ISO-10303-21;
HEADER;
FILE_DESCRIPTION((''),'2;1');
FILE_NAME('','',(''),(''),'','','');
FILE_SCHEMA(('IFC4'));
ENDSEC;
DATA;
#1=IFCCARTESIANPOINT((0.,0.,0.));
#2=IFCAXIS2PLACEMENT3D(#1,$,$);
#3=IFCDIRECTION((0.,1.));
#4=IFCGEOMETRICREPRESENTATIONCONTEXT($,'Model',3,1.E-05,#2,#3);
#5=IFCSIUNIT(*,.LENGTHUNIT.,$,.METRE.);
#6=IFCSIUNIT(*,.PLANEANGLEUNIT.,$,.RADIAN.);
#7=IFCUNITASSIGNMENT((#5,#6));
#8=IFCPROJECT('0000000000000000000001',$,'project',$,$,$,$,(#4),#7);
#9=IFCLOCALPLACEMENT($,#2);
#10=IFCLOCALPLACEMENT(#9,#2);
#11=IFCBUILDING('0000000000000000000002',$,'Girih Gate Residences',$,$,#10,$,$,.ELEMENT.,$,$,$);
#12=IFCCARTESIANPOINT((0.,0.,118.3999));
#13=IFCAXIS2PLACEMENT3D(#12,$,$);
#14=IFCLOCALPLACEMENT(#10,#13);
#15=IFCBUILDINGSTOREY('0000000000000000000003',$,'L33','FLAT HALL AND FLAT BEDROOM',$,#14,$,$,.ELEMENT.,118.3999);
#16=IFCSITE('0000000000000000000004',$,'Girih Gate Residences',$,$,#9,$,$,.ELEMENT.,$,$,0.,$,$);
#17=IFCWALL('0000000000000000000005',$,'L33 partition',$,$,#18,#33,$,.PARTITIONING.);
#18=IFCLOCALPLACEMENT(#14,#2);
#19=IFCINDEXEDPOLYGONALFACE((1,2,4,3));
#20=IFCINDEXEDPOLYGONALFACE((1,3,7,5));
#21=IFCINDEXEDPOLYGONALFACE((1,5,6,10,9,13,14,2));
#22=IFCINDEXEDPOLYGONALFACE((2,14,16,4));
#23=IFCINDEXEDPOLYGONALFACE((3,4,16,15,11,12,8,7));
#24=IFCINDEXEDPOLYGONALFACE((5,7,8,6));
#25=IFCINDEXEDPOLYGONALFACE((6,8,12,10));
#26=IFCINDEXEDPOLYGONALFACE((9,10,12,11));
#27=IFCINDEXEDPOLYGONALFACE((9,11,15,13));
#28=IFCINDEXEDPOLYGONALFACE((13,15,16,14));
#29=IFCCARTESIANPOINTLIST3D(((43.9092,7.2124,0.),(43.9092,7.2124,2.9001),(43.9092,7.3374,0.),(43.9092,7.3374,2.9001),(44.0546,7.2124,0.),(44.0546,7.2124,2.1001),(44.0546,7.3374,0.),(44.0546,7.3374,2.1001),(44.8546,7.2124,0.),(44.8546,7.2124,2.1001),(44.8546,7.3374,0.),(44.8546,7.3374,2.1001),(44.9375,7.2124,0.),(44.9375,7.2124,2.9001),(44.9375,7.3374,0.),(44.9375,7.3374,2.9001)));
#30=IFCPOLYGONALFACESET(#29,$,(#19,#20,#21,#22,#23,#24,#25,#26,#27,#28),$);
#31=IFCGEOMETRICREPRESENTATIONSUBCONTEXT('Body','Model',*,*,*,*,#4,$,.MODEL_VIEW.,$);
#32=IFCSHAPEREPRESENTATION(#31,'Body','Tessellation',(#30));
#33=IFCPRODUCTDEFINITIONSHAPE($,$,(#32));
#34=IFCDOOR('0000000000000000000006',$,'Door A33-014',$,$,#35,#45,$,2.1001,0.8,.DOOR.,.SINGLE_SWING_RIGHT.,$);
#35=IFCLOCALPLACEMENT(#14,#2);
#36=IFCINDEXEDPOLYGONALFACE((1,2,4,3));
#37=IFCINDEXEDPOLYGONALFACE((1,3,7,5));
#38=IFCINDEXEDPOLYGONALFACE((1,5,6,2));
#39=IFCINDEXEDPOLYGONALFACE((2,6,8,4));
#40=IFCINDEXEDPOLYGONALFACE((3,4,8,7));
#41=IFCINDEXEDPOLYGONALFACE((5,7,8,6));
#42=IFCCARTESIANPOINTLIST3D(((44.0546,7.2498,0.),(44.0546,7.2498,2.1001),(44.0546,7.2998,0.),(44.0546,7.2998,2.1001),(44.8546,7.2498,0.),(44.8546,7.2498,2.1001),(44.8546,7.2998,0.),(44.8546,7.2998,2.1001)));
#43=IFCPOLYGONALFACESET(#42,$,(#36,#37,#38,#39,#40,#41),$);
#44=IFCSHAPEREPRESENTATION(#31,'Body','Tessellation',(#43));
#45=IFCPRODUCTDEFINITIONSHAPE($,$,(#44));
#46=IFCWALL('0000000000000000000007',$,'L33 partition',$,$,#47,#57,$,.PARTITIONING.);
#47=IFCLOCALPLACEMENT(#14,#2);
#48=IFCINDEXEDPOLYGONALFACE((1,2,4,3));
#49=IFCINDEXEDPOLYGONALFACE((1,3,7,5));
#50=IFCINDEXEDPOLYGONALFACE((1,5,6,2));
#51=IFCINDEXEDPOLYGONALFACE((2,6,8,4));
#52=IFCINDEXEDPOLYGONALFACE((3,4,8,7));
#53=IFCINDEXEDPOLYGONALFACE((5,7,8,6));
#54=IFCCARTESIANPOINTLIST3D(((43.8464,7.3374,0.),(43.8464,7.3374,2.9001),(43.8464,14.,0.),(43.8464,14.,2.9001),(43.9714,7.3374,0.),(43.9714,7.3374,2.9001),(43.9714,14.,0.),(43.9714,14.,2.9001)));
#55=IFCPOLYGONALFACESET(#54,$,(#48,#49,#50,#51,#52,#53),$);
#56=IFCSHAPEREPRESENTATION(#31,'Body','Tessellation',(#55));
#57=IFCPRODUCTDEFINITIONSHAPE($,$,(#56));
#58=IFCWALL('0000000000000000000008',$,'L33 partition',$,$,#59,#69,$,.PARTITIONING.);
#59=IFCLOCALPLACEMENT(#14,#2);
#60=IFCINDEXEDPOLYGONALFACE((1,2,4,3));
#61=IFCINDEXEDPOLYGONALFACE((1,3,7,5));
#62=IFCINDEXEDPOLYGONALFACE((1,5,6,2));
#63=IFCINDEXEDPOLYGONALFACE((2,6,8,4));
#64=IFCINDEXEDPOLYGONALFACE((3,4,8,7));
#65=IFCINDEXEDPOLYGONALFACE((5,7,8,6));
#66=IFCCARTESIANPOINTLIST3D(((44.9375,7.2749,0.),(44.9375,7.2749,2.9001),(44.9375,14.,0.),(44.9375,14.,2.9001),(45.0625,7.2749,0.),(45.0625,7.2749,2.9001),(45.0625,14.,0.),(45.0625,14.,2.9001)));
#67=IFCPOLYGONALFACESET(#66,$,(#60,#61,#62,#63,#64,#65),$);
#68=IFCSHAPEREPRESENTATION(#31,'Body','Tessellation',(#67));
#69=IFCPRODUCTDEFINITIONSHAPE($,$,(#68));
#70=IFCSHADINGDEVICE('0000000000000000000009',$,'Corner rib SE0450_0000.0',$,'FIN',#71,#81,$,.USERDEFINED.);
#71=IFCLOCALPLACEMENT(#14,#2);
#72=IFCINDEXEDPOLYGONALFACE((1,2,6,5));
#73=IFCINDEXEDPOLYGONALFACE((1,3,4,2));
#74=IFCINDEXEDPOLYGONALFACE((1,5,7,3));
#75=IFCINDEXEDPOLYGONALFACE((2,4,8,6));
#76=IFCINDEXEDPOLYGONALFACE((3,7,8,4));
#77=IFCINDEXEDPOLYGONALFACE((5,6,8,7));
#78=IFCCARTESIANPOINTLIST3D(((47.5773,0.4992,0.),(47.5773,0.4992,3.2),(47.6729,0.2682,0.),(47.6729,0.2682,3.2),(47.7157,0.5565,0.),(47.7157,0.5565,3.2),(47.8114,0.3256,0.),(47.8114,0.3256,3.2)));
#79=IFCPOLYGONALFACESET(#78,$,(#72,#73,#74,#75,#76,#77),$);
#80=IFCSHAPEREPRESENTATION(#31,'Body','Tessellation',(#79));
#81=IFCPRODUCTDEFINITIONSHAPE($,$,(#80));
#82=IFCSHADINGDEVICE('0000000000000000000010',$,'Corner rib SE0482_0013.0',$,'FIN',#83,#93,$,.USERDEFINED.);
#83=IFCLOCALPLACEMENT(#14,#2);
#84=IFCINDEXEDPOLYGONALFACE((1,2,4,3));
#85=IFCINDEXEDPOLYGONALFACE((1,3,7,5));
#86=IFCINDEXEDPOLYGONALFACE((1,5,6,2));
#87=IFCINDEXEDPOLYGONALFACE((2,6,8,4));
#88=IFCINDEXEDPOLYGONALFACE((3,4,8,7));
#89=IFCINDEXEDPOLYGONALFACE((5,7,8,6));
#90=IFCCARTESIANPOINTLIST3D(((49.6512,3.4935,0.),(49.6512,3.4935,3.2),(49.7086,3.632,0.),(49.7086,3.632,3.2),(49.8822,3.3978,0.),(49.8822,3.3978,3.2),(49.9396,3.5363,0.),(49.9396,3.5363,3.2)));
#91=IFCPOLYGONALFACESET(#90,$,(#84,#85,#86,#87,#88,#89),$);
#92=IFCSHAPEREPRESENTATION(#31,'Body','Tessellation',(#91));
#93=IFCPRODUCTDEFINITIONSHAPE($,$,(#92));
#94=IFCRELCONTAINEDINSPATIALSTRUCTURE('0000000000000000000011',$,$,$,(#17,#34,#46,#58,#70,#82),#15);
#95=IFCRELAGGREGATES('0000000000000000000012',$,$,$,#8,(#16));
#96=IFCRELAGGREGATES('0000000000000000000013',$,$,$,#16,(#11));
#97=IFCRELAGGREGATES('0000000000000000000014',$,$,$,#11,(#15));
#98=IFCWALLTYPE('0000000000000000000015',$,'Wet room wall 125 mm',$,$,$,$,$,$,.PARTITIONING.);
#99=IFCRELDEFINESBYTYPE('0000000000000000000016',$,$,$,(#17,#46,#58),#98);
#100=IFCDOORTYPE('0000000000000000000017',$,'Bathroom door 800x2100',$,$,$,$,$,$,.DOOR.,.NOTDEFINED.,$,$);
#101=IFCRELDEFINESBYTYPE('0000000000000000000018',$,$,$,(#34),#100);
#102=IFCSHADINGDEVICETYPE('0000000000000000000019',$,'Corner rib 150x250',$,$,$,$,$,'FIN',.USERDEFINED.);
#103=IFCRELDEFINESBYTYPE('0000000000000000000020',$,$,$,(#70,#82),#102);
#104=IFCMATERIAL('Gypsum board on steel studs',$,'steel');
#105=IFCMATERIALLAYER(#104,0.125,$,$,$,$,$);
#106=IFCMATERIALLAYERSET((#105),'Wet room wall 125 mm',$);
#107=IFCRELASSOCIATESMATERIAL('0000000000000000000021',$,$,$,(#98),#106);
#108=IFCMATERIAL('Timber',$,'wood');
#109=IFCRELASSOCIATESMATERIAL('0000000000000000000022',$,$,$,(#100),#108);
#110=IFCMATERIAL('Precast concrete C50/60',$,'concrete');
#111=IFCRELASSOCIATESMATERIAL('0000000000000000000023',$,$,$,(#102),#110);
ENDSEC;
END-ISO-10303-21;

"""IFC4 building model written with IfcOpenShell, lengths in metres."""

from ifc_helpers import new_model, si_unit, direction, frame, frame_2d, origin, origin_2d, place, context, subcontext, project, spatial, rectangle, extrude, material, layer, layer_set, type_object, element, fill, save


model = new_model("IFC4")

# Units and contexts
model_context = context("Model", 3, precision=1e-05, world=origin(), true_north=direction((0.0, 1.0)))
body_context = subcontext(model_context, "Body", "Model", "MODEL_VIEW")
ifc_project = project(units=[si_unit("LENGTHUNIT", "METRE"), si_unit("PLANEANGLEUNIT", "RADIAN")], contexts=[model_context])

# Site, building, storey
site_placement = place(None, origin())
site = spatial("IfcSite", under=ifc_project, at=site_placement, Name="Girih Gate Residences", CompositionType="ELEMENT", RefElevation=0.0)
building_placement = place(site_placement, origin())
building = spatial("IfcBuilding", under=site, at=building_placement, Name="Girih Gate Residences", CompositionType="ELEMENT")
storey_placement = place(building_placement, frame((0.0, 0.0, 118.3999)))
storey = spatial("IfcBuildingStorey", under=building, at=storey_placement, Name="L33", Description="FLAT HALL AND FLAT BEDROOM", CompositionType="ELEMENT", Elevation=118.3999)

# Shared definitions
ifc_material_1 = material(Name="Gypsum board on steel studs", Category="steel")
ifc_material_2 = material(Name="Timber", Category="wood")

# Shared definitions
ifc_material_3 = material(Name="Precast concrete C50/60", Category="concrete")

# Wall, opening, door
ifc_layer_1 = layer(ifc_material_1, 0.125)
ifc_layer_set_1 = layer_set([ifc_layer_1], Name="Wet room wall 125 mm")
wall_type_1 = type_object("IfcWallType", Name="Wet room wall 125 mm", PredefinedType="PARTITIONING", material=ifc_layer_set_1)
wall_1_placement = place(storey_placement, frame((43.9092, 7.2749, 0.0), z_axis=(0.0, 0.0, 1.0), x_axis=(1.0, 0.0, 0.0)))
wall_1 = element("IfcWall", 1, at=wall_1_placement, inside=storey, type_object=wall_type_1, Name="L33 partition", PredefinedType="PARTITIONING", context=body_context, shape_type="SweptSolid", body=[
    extrude(rectangle(XDim=1.0283, YDim=0.125, at=frame_2d((0.5142, 0.0))), origin(), (0.0, 0.0, 1.0), 2.9001),
])
opening_1_placement = place(wall_1_placement, frame((0.1455, 0.0, 0.0)))
opening_1 = element("IfcOpeningElement", 2, at=opening_1_placement, cuts=wall_1, PredefinedType="OPENING", context=body_context, shape_type="SweptSolid", body=[
    extrude(rectangle(XDim=0.8, YDim=2.1001, at=frame_2d((0.3999, 1.05))), frame((0.0, 0.0725, 0.0), z_axis=(0.0, -1.0, 0.0), x_axis=(1.0, 0.0, 0.0)), (0.0, 0.0, 1.0), 0.145),
])
door_type_1 = type_object("IfcDoorType", Name="Bathroom door 800x2100", OperationType="NOTDEFINED", PredefinedType="DOOR", material=ifc_material_2)
door_1_placement = place(opening_1_placement, origin())
door_1 = element("IfcDoor", 3, at=door_1_placement, inside=storey, type_object=door_type_1, Name="Door A33-014", OperationType="SINGLE_SWING_RIGHT", OverallHeight=2.1001, OverallWidth=0.8, PredefinedType="DOOR", context=body_context, shape_type="SweptSolid", body=[
    extrude(rectangle(XDim=0.8, YDim=2.1001, at=frame_2d((0.3999, 1.05))), frame((0.0, 0.0249, 0.0), z_axis=(0.0, -1.0, 0.0), x_axis=(1.0, 0.0, 0.0)), (0.0, 0.0, 1.0), 0.05),
])
fill(opening_1, door_1)

# Walls
wall_2_placement = place(storey_placement, frame((43.9089, 7.3374, 0.0), z_axis=(0.0, 0.0, 1.0), x_axis=(0.0, 1.0, 0.0)))
element("IfcWall", 4, at=wall_2_placement, inside=storey, type_object=wall_type_1, Name="L33 partition", PredefinedType="PARTITIONING", context=body_context, shape_type="SweptSolid", body=[
    extrude(rectangle(XDim=6.6626, YDim=0.125, at=frame_2d((3.3313, 0.0))), origin(), (0.0, 0.0, 1.0), 2.9001),
])
wall_3_placement = place(storey_placement, frame((45.0, 7.2749, 0.0), z_axis=(0.0, 0.0, 1.0), x_axis=(0.0, 1.0, 0.0)))
element("IfcWall", 5, at=wall_3_placement, inside=storey, type_object=wall_type_1, Name="L33 partition", PredefinedType="PARTITIONING", context=body_context, shape_type="SweptSolid", body=[
    extrude(rectangle(XDim=6.7251, YDim=0.125, at=frame_2d((3.3625, 0.0))), origin(), (0.0, 0.0, 1.0), 2.9001),
])

# Shading devices
shading_device_type = type_object("IfcShadingDeviceType", Name="Corner rib 150x250", ElementType="FIN", PredefinedType="USERDEFINED", material=ifc_material_3)
for number, where, z_axis, x_axis, name in (
    (6, (47.6943, 0.4124, 0.0), (0.0, 0.0, 1.0), (0.92388, 0.382683, 0.0), "Corner rib SE0450_0000.0"),
    (7, (49.7954, 3.5149, 0.0), (0.0, 0.0, 1.0), (0.382683, 0.92388, 0.0), "Corner rib SE0482_0013.0"),
):
    element("IfcShadingDevice", number, at=place(storey_placement, frame(where, z_axis=z_axis, x_axis=x_axis)), inside=storey, type_object=shading_device_type, Name=name, ObjectType="FIN", PredefinedType="USERDEFINED", context=body_context, shape_type="SweptSolid", body=[
        extrude(rectangle(XDim=0.1499, YDim=0.25, at=origin_2d()), origin(), (0.0, 0.0, 1.0), 3.2),
    ])

save(model, "model.ifc")
